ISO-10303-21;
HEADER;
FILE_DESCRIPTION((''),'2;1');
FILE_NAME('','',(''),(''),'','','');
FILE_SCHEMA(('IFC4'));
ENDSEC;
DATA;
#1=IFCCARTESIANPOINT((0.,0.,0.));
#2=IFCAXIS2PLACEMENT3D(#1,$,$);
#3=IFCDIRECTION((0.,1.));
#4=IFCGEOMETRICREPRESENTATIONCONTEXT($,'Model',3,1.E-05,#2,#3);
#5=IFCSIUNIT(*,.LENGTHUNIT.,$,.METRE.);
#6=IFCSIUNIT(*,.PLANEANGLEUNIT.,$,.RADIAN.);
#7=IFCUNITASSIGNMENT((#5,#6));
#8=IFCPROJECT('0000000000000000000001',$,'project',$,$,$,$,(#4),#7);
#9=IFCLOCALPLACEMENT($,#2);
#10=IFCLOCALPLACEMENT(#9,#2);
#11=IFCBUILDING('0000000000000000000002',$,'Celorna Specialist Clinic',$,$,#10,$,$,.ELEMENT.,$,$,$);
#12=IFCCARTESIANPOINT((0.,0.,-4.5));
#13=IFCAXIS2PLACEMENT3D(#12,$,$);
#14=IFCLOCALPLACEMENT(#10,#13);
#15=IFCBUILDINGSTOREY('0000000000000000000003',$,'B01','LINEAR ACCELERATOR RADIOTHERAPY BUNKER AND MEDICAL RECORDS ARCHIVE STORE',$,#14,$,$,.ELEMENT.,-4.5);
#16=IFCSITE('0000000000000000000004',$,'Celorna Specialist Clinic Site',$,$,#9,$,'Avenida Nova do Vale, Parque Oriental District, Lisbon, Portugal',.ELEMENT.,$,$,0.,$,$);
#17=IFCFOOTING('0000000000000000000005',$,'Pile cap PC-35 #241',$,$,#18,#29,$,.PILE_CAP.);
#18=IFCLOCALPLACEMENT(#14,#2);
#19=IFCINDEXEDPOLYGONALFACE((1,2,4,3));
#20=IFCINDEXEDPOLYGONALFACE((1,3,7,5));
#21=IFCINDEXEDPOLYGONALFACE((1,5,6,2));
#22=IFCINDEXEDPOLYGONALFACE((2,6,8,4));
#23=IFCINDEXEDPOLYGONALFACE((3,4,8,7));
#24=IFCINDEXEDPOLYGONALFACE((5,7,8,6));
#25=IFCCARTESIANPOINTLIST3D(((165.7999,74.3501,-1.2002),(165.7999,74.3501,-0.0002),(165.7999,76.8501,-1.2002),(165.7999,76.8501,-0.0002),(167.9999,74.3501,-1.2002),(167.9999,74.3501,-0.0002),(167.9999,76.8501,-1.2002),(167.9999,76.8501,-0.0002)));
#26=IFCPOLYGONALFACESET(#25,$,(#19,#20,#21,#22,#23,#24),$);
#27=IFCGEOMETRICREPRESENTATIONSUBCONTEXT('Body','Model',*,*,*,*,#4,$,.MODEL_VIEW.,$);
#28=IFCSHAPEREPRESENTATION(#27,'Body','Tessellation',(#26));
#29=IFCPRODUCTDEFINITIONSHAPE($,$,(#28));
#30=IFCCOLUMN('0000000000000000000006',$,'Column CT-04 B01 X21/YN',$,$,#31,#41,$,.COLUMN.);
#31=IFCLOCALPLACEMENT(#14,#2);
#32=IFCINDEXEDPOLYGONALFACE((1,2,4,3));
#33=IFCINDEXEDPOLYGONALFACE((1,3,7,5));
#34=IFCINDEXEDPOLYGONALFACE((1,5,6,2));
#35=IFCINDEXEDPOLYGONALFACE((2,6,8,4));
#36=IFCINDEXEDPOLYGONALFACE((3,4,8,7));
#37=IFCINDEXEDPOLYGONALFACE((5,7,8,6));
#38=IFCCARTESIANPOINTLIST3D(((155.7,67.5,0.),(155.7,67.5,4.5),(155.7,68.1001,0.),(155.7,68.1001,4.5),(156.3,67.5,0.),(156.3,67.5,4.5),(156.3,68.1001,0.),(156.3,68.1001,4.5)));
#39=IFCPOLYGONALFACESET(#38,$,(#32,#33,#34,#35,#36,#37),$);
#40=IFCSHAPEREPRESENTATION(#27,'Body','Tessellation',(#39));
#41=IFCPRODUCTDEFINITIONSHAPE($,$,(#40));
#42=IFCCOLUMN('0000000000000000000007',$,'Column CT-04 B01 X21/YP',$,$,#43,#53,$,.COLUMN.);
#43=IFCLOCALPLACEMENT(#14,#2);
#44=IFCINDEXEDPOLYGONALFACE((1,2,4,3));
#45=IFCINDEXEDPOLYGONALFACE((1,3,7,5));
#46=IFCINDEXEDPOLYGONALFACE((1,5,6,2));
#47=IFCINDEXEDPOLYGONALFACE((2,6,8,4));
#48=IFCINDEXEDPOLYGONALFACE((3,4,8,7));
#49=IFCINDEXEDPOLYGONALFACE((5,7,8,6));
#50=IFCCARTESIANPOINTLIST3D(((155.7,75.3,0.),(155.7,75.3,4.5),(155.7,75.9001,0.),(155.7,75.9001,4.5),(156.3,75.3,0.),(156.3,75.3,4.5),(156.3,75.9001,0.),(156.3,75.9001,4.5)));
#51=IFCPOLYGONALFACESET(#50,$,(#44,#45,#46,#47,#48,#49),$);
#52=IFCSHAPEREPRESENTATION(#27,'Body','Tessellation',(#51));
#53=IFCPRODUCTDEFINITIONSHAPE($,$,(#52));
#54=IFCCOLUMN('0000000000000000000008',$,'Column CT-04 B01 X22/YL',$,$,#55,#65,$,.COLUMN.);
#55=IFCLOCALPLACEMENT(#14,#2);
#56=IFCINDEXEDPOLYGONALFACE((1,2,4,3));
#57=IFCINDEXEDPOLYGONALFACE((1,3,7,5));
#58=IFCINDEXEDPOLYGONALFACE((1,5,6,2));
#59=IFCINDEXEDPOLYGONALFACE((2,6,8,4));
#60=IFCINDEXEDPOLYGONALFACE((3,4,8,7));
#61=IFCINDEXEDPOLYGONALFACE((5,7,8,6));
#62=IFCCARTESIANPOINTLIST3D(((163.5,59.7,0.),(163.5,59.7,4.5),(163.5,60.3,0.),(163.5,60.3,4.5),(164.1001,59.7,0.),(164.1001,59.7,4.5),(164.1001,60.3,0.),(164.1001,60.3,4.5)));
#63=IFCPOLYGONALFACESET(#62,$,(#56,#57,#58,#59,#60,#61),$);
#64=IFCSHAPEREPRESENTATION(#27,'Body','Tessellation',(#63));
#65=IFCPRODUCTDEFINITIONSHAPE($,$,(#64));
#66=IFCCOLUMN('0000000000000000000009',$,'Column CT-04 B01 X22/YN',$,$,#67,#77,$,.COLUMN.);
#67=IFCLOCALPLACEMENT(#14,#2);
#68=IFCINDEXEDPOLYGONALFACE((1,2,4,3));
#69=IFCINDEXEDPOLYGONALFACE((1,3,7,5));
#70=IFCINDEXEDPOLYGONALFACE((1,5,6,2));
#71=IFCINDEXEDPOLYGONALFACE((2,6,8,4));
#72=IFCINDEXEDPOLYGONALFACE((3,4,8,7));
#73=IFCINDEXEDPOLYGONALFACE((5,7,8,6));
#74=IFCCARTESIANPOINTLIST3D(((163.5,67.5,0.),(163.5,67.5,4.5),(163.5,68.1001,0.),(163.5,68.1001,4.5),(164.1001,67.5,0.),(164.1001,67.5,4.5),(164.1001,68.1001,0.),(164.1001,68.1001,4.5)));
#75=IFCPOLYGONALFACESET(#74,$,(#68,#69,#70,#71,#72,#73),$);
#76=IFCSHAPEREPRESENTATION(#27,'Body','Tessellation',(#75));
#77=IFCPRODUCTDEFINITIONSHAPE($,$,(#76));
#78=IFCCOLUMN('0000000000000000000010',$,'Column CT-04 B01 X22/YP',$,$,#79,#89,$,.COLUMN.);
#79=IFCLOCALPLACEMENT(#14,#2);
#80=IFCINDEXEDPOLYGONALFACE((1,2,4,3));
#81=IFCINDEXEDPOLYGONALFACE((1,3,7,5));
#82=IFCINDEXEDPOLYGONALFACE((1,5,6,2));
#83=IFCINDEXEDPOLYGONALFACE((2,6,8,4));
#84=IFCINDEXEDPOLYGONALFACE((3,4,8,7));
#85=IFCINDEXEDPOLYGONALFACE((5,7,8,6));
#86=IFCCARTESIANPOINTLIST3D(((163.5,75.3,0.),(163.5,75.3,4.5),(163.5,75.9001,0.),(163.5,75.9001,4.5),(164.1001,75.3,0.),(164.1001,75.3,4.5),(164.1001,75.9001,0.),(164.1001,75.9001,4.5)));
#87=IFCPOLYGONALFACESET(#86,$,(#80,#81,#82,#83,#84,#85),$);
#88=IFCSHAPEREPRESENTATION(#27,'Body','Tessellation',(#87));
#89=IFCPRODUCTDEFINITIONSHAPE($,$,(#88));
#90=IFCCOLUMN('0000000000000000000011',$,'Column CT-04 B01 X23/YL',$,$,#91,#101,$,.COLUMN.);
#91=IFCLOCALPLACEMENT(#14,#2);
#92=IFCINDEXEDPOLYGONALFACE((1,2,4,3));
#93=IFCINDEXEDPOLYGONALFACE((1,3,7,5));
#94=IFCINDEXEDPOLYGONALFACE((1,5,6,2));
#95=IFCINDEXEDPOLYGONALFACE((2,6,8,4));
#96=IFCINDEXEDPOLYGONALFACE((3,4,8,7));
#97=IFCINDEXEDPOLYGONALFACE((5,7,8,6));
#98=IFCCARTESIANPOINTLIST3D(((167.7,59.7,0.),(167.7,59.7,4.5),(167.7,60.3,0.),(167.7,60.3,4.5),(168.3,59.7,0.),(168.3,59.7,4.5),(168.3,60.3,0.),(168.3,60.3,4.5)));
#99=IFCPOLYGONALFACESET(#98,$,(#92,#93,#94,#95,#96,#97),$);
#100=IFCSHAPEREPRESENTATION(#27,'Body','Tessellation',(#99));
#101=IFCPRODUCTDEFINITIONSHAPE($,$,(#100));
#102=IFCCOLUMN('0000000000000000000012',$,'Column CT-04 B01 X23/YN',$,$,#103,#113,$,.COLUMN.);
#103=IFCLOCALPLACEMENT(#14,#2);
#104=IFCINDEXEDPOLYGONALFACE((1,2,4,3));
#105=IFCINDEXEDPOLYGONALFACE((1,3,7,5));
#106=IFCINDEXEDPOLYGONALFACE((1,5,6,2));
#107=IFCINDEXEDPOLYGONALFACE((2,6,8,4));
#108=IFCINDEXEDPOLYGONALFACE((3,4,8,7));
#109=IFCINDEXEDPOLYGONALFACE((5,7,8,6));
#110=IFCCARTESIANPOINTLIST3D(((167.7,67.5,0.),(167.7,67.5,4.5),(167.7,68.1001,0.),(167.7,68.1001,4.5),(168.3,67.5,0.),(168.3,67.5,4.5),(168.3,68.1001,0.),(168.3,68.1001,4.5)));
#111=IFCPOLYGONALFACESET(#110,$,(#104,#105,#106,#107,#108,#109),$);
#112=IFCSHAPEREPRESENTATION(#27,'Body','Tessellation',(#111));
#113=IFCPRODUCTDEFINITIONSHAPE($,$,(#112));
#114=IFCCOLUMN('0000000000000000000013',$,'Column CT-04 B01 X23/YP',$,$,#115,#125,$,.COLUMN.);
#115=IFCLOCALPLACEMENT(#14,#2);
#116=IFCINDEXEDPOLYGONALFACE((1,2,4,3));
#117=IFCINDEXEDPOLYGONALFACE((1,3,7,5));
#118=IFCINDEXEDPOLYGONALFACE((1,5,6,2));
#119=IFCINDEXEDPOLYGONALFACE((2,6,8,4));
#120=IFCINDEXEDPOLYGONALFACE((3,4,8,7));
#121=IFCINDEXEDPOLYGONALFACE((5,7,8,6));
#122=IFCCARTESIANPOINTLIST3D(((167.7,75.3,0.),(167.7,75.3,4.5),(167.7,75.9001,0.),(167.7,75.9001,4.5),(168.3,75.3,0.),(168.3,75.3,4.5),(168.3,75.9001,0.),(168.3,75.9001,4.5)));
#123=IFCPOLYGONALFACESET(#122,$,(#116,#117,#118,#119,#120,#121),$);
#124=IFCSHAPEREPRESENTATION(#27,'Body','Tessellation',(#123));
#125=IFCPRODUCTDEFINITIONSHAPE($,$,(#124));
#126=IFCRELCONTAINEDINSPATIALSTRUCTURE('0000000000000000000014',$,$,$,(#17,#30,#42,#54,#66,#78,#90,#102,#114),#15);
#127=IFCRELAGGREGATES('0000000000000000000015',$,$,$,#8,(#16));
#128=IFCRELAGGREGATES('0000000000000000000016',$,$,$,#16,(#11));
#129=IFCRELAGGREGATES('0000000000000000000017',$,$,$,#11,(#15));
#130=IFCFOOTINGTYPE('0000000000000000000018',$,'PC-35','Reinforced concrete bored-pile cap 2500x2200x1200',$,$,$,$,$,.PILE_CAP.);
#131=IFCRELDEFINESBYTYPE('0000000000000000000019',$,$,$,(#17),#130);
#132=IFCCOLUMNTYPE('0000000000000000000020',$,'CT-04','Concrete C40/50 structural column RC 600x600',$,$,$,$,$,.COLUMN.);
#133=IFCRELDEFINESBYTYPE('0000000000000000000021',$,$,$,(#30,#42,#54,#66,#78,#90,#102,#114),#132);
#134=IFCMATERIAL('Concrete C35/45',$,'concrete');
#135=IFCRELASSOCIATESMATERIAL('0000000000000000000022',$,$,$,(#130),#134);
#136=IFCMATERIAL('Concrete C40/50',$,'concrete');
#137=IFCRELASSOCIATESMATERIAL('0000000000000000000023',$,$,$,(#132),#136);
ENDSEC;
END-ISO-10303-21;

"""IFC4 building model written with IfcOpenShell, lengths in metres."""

from ifc_helpers import new_model, si_unit, direction, frame, origin, origin_2d, place, context, subcontext, project, spatial, rectangle, extrude, material, material_profile, profile_set, type_object, element, save


model = new_model("IFC4")

# Units and contexts
model_context = context("Model", 3, precision=1e-05, world=origin(), true_north=direction((0.0, 1.0)))
body_context = subcontext(model_context, "Body", "Model", "MODEL_VIEW")
ifc_project = project(units=[si_unit("LENGTHUNIT", "METRE"), si_unit("PLANEANGLEUNIT", "RADIAN")], contexts=[model_context])

# Site, building, storey
site_placement = place(None, origin())
site = spatial("IfcSite", under=ifc_project, at=site_placement, Name="Celorna Specialist Clinic Site", LongName="Avenida Nova do Vale, Parque Oriental District, Lisbon, Portugal", CompositionType="ELEMENT", RefElevation=0.0)
building_placement = place(site_placement, origin())
building = spatial("IfcBuilding", under=site, at=building_placement, Name="Celorna Specialist Clinic", CompositionType="ELEMENT")
storey_placement = place(building_placement, frame((0.0, 0.0, -4.5)))
storey = spatial("IfcBuildingStorey", under=building, at=storey_placement, Name="B01", Description="LINEAR ACCELERATOR RADIOTHERAPY BUNKER AND MEDICAL RECORDS ARCHIVE STORE", CompositionType="ELEMENT", Elevation=-4.5)

# Shared definitions
ifc_material_1 = material(Name="Concrete C35/45", Category="concrete")

# Footing
footing_type_1 = type_object("IfcFootingType", Name="PC-35", Description="Reinforced concrete bored-pile cap 2500x2200x1200", PredefinedType="PILE_CAP", material=ifc_material_1)
for number, where, z_axis, x_axis, name in (
    (1, (166.8999, 75.6001, -1.2002), (0.0, 0.0, 1.0), (1.0, 0.0, 0.0), "Pile cap PC-35 #241"),
):
    element("IfcFooting", number, at=place(storey_placement, frame(where, z_axis=z_axis, x_axis=x_axis)), inside=storey, type_object=footing_type_1, Name=name, PredefinedType="PILE_CAP", context=body_context, shape_type="SweptSolid", body=[
        extrude(rectangle(XDim=2.2, YDim=2.5, at=origin_2d()), origin(), (0.0, 0.0, 1.0), 1.2),
    ])

# Columns
ifc_material_2 = material(Name="Concrete C40/50", Category="concrete")
ifc_material_profile_1 = material_profile(ifc_material_2, rectangle(XDim=0.6001, YDim=0.6001, at=origin_2d()), Name="RC 600x600")
ifc_profile_set_1 = profile_set([ifc_material_profile_1], Name="Concrete C40/50")
column_type = type_object("IfcColumnType", Name="CT-04", Description="Concrete C40/50 structural column RC 600x600", PredefinedType="COLUMN", material=ifc_profile_set_1)
for number, where, z_axis, x_axis, name in (
    (2, (156.0, 67.8, 0.0), (0.0, 0.0, 1.0), (1.0, 0.0, 0.0), "Column CT-04 B01 X21/YN"),
    (3, (156.0, 75.6001, 0.0), (0.0, 0.0, 1.0), (1.0, 0.0, 0.0), "Column CT-04 B01 X21/YP"),
    (4, (163.8, 60.0, 0.0), (0.0, 0.0, 1.0), (1.0, 0.0, 0.0), "Column CT-04 B01 X22/YL"),
    (5, (163.8, 67.8, 0.0), (0.0, 0.0, 1.0), (1.0, 0.0, 0.0), "Column CT-04 B01 X22/YN"),
    (6, (163.8, 75.6001, 0.0), (0.0, 0.0, 1.0), (1.0, 0.0, 0.0), "Column CT-04 B01 X22/YP"),
    (7, (168.0, 60.0, 0.0), (0.0, 0.0, 1.0), (1.0, 0.0, 0.0), "Column CT-04 B01 X23/YL"),
    (8, (168.0, 67.8, 0.0), (0.0, 0.0, 1.0), (1.0, 0.0, 0.0), "Column CT-04 B01 X23/YN"),
    (9, (168.0, 75.6001, 0.0), (0.0, 0.0, 1.0), (1.0, 0.0, 0.0), "Column CT-04 B01 X23/YP"),
):
    element("IfcColumn", number, at=place(storey_placement, frame(where, z_axis=z_axis, x_axis=x_axis)), inside=storey, type_object=column_type, Name=name, PredefinedType="COLUMN", context=body_context, shape_type="SweptSolid", body=[
        extrude(rectangle(XDim=0.6001, YDim=0.6001, at=origin_2d()), origin(), (0.0, 0.0, 1.0), 4.5),
    ])

save(model, "model.ifc")
